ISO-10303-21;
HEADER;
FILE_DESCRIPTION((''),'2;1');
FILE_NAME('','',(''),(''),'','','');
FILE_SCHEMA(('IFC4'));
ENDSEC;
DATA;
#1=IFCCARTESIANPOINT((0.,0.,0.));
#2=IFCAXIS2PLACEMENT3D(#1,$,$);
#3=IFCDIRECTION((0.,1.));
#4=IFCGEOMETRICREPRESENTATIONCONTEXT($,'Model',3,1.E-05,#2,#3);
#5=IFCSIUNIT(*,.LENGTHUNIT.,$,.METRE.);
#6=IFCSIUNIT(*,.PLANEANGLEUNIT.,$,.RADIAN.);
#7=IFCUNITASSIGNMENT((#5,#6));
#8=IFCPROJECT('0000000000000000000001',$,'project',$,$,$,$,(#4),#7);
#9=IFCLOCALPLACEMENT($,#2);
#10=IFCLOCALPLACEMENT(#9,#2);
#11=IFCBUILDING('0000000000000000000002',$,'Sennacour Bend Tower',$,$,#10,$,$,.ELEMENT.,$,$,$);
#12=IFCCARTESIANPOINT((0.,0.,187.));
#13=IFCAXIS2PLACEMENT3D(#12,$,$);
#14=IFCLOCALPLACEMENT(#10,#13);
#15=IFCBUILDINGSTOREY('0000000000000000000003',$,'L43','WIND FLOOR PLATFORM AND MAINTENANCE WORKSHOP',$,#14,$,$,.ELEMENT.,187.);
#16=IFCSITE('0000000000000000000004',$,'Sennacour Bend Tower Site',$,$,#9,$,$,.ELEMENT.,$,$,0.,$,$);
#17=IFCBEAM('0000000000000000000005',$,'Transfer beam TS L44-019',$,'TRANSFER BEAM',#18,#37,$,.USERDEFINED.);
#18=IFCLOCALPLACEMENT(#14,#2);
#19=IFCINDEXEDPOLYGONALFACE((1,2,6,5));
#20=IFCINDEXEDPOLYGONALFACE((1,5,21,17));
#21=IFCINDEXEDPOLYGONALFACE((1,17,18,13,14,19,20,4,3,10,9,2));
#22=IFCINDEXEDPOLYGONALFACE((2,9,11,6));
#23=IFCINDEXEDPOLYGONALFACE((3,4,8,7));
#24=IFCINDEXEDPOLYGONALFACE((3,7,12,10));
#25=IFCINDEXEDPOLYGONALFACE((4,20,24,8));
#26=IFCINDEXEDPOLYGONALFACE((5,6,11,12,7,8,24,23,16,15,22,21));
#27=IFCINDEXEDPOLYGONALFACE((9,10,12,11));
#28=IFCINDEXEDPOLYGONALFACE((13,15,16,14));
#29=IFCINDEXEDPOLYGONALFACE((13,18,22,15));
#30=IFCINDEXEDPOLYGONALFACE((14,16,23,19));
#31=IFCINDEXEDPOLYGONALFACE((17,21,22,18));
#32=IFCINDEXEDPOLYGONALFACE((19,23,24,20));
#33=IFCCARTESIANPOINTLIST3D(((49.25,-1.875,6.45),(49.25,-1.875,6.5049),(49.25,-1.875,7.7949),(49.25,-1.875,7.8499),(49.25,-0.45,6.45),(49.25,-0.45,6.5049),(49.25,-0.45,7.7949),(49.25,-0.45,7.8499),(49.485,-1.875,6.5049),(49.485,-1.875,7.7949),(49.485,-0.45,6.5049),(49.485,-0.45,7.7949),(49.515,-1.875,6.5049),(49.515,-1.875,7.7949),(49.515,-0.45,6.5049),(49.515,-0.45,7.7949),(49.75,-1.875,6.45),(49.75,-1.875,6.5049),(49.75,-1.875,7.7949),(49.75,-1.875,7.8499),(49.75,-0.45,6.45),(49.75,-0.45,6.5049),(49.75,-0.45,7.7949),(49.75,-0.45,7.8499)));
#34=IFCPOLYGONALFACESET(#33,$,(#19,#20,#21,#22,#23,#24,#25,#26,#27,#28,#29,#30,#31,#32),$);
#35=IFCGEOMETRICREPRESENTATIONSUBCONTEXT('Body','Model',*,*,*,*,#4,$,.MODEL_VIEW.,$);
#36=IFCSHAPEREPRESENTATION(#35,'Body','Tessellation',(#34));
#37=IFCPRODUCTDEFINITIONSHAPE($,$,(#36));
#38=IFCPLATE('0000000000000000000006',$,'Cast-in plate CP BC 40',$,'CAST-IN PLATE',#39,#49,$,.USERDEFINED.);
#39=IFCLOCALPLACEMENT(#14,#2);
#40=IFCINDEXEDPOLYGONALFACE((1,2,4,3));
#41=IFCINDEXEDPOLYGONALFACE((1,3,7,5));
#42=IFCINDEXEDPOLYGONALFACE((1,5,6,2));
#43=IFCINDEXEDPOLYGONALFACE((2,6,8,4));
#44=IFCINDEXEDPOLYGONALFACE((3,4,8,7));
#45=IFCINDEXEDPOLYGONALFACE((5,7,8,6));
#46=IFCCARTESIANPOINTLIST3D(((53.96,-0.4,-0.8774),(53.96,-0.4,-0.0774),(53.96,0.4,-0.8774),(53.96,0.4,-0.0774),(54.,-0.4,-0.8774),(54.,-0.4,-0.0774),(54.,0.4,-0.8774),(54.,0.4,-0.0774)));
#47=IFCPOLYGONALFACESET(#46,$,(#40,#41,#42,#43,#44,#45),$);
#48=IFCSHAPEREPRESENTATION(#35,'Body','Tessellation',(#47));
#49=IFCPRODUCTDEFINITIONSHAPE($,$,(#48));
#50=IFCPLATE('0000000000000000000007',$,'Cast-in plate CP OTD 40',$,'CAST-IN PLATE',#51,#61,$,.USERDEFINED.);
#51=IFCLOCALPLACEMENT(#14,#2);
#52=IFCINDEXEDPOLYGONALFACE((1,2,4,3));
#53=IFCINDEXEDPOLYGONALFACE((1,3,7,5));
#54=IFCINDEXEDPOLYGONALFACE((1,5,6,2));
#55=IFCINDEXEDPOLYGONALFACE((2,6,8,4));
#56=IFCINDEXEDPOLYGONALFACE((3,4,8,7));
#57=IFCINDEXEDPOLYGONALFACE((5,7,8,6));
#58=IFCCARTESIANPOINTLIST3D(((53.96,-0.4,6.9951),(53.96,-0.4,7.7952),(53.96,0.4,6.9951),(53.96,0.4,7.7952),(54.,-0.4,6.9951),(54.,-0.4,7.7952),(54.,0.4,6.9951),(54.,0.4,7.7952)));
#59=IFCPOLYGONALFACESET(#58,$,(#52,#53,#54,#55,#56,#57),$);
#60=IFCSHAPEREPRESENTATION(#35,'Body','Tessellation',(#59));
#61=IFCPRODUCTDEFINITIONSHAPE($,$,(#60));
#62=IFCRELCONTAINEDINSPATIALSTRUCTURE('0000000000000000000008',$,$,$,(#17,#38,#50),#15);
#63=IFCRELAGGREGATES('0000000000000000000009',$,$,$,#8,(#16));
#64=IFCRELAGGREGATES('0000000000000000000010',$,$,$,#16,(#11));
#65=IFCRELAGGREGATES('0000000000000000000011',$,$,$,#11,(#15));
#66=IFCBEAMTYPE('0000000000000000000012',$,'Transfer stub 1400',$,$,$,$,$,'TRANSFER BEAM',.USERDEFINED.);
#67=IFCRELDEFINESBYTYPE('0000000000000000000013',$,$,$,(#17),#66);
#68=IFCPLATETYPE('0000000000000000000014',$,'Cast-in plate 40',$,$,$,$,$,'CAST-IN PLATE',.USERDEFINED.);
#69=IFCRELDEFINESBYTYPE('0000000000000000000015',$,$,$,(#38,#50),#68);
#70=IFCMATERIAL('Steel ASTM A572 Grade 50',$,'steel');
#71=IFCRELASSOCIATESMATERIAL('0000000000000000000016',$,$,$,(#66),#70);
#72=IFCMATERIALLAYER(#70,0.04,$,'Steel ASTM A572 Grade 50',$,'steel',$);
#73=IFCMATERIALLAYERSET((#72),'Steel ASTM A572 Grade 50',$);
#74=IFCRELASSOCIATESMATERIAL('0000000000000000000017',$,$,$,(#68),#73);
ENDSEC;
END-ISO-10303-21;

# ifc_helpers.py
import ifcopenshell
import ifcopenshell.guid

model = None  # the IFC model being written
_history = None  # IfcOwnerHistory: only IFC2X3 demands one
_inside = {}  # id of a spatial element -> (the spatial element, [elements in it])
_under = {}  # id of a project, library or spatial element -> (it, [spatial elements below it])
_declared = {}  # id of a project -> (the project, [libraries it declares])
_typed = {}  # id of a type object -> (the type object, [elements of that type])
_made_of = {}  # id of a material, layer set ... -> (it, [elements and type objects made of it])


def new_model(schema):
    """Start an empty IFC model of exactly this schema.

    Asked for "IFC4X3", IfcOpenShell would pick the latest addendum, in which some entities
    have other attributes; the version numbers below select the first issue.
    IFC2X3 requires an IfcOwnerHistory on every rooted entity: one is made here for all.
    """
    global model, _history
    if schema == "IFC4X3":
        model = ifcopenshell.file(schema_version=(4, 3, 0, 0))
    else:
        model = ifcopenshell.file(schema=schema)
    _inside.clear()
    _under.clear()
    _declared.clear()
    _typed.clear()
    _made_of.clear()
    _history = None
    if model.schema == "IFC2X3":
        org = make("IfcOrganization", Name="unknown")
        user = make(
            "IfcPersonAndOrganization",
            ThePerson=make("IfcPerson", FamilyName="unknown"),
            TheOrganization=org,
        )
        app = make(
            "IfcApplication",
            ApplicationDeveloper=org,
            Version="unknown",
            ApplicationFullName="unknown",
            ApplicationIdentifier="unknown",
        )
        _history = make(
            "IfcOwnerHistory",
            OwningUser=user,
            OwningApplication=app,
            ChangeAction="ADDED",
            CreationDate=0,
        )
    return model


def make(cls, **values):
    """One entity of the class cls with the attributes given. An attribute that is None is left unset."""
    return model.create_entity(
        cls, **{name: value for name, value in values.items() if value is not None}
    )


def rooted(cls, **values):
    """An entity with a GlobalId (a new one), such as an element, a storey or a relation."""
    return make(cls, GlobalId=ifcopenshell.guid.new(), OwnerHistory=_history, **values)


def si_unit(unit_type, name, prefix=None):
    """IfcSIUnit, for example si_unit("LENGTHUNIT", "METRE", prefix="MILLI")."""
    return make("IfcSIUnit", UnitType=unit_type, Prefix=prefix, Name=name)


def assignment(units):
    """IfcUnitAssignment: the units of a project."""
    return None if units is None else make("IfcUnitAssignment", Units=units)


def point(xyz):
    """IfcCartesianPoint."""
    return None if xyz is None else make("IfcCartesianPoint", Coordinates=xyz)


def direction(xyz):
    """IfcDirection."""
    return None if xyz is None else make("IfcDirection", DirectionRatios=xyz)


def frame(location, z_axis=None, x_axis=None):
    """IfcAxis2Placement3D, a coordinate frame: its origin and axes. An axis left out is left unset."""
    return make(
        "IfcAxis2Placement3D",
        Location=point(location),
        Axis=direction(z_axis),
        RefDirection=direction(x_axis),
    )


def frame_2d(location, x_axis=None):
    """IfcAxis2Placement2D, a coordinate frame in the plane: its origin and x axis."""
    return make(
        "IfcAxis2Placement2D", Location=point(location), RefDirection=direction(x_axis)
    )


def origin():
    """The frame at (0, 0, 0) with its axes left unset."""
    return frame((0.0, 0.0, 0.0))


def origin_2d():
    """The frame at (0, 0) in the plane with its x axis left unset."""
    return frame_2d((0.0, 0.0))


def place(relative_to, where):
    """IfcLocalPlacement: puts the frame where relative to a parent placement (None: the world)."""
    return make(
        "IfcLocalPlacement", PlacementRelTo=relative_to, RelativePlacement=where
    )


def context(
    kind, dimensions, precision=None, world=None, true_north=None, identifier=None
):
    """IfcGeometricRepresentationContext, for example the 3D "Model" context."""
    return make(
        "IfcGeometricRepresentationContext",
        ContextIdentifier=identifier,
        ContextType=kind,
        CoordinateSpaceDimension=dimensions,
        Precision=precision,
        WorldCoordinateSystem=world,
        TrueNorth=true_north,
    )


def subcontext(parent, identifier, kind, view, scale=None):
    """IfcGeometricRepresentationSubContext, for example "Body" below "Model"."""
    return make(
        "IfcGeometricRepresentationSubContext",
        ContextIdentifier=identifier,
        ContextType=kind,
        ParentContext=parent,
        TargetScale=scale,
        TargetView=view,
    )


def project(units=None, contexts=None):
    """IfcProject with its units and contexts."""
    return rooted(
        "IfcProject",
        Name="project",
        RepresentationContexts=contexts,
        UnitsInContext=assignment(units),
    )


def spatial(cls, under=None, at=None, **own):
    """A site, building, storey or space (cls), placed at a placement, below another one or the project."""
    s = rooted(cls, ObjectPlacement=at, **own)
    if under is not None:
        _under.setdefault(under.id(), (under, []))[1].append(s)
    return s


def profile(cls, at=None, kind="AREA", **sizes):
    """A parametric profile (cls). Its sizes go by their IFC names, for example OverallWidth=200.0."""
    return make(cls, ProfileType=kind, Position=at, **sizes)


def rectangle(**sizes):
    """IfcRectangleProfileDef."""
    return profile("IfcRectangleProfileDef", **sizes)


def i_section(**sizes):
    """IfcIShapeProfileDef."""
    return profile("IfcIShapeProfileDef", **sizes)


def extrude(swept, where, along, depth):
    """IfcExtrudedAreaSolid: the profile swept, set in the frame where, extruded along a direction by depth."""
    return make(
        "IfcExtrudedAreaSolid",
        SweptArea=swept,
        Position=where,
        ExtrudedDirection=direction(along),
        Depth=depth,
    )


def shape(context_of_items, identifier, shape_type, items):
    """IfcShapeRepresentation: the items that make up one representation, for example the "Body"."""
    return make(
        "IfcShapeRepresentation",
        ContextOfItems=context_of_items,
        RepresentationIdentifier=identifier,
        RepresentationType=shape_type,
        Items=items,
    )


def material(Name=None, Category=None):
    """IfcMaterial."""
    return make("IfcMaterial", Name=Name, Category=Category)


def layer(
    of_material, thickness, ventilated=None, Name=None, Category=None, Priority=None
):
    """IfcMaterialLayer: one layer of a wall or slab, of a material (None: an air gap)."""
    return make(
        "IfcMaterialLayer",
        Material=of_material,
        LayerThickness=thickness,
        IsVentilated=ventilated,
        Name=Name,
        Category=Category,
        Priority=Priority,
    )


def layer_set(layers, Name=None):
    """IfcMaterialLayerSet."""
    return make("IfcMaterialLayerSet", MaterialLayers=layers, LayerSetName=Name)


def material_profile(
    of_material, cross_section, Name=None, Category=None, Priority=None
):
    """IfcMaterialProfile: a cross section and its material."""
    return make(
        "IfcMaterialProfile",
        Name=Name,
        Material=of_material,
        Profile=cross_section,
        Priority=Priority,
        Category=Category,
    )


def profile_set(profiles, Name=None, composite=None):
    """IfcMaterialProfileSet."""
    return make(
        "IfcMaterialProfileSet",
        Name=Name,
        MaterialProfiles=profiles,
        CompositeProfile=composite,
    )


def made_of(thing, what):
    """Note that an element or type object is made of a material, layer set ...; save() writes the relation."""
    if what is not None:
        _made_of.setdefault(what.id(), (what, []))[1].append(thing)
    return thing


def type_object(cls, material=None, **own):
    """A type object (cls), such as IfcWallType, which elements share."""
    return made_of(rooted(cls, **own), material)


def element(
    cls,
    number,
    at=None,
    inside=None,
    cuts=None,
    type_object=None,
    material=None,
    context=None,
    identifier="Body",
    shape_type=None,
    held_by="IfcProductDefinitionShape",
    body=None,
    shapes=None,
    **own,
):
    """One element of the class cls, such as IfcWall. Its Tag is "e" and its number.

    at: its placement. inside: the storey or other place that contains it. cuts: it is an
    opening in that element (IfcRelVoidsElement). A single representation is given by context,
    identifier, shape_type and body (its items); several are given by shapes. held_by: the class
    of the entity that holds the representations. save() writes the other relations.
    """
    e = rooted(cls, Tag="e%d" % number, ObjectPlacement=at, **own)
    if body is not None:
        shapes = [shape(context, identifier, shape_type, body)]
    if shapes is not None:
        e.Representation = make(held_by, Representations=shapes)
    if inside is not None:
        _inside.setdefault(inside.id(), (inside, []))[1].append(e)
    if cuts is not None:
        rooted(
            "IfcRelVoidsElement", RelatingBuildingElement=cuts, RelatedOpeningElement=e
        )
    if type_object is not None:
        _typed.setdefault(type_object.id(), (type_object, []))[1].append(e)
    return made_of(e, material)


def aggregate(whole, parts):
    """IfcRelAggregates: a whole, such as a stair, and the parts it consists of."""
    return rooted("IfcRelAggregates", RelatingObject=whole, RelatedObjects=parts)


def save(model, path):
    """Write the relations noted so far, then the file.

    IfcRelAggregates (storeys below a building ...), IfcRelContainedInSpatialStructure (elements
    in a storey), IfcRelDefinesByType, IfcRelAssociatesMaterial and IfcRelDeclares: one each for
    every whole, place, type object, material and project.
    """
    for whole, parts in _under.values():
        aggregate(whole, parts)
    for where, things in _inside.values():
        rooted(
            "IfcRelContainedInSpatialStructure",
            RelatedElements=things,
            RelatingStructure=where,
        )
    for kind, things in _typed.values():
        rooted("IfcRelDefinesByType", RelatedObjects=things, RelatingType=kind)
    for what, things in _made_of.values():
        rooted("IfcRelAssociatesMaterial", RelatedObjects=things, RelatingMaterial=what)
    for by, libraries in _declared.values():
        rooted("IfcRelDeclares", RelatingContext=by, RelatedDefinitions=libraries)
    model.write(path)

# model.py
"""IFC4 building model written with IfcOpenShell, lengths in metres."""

from ifc_helpers import new_model, si_unit, direction, frame, origin, origin_2d, place, context, subcontext, project, spatial, rectangle, i_section, extrude, material, layer, layer_set, material_profile, profile_set, type_object, element, save


model = new_model("IFC4")

# Units and contexts
model_context = context("Model", 3, precision=1e-05, world=origin(), true_north=direction((0.0, 1.0)))
body_context = subcontext(model_context, "Body", "Model", "MODEL_VIEW")
ifc_project = project(units=[si_unit("LENGTHUNIT", "METRE"), si_unit("PLANEANGLEUNIT", "RADIAN")], contexts=[model_context])

# Site, building, storey
site_placement = place(None, origin())
site = spatial("IfcSite", under=ifc_project, at=site_placement, Name="Sennacour Bend Tower Site", CompositionType="ELEMENT", RefElevation=0.0)
building_placement = place(site_placement, origin())
building = spatial("IfcBuilding", under=site, at=building_placement, Name="Sennacour Bend Tower", CompositionType="ELEMENT")
storey_placement = place(building_placement, frame((0.0, 0.0, 187.0)))
storey = spatial("IfcBuildingStorey", under=building, at=storey_placement, Name="L43", Description="WIND FLOOR PLATFORM AND MAINTENANCE WORKSHOP", CompositionType="ELEMENT", Elevation=187.0)

# Shared definitions
ifc_material_1 = material(Name="Steel ASTM A572 Grade 50", Category="steel")

# Beam
ifc_material_profile_1 = material_profile(ifc_material_1, i_section(OverallWidth=0.5, OverallDepth=1.3999, WebThickness=0.03, FlangeThickness=0.0549, at=origin_2d()), Name="Steel ASTM A572 Grade 50", Category="steel")
ifc_profile_set_1 = profile_set([ifc_material_profile_1], Name="Steel ASTM A572 Grade 50")
beam_type_1 = type_object("IfcBeamType", Name="Transfer stub 1400", ElementType="TRANSFER BEAM", PredefinedType="USERDEFINED", material=ifc_profile_set_1)
for number, where, z_axis, x_axis, name in (
    (1, (49.5, -0.45, 7.1499), (0.0, -1.0, 0.0), (1.0, 0.0, 0.0), "Transfer beam TS L44-019"),
):
    element("IfcBeam", number, at=place(storey_placement, frame(where, z_axis=z_axis, x_axis=x_axis)), inside=storey, type_object=beam_type_1, Name=name, ObjectType="TRANSFER BEAM", PredefinedType="USERDEFINED", context=body_context, shape_type="SweptSolid", body=[
        extrude(i_section(OverallWidth=0.5, OverallDepth=1.3999, WebThickness=0.03, FlangeThickness=0.0549, at=origin_2d()), origin(), (0.0, 0.0, 1.0), 1.425),
    ])

# Plates
ifc_layer = layer(ifc_material_1, 0.04, Name="Steel ASTM A572 Grade 50", Category="steel")
ifc_layer_set = layer_set([ifc_layer], Name="Steel ASTM A572 Grade 50")
plate_type = type_object("IfcPlateType", Name="Cast-in plate 40", ElementType="CAST-IN PLATE", PredefinedType="USERDEFINED", material=ifc_layer_set)
for number, where, z_axis, x_axis, name in (
    (2, (53.98, 0.0, -0.8774), (0.0, 0.0, 1.0), (1.0, 0.0, 0.0), "Cast-in plate CP BC 40"),
    (3, (53.98, 0.0, 6.9951), (0.0, 0.0, 1.0), (1.0, 0.0, 0.0), "Cast-in plate CP OTD 40"),
):
    element("IfcPlate", number, at=place(storey_placement, frame(where, z_axis=z_axis, x_axis=x_axis)), inside=storey, type_object=plate_type, Name=name, ObjectType="CAST-IN PLATE", PredefinedType="USERDEFINED", context=body_context, shape_type="SweptSolid", body=[
        extrude(rectangle(XDim=0.04, YDim=0.8, at=origin_2d()), origin(), (0.0, 0.0, 1.0), 0.8),
    ])

save(model, "model.ifc")
